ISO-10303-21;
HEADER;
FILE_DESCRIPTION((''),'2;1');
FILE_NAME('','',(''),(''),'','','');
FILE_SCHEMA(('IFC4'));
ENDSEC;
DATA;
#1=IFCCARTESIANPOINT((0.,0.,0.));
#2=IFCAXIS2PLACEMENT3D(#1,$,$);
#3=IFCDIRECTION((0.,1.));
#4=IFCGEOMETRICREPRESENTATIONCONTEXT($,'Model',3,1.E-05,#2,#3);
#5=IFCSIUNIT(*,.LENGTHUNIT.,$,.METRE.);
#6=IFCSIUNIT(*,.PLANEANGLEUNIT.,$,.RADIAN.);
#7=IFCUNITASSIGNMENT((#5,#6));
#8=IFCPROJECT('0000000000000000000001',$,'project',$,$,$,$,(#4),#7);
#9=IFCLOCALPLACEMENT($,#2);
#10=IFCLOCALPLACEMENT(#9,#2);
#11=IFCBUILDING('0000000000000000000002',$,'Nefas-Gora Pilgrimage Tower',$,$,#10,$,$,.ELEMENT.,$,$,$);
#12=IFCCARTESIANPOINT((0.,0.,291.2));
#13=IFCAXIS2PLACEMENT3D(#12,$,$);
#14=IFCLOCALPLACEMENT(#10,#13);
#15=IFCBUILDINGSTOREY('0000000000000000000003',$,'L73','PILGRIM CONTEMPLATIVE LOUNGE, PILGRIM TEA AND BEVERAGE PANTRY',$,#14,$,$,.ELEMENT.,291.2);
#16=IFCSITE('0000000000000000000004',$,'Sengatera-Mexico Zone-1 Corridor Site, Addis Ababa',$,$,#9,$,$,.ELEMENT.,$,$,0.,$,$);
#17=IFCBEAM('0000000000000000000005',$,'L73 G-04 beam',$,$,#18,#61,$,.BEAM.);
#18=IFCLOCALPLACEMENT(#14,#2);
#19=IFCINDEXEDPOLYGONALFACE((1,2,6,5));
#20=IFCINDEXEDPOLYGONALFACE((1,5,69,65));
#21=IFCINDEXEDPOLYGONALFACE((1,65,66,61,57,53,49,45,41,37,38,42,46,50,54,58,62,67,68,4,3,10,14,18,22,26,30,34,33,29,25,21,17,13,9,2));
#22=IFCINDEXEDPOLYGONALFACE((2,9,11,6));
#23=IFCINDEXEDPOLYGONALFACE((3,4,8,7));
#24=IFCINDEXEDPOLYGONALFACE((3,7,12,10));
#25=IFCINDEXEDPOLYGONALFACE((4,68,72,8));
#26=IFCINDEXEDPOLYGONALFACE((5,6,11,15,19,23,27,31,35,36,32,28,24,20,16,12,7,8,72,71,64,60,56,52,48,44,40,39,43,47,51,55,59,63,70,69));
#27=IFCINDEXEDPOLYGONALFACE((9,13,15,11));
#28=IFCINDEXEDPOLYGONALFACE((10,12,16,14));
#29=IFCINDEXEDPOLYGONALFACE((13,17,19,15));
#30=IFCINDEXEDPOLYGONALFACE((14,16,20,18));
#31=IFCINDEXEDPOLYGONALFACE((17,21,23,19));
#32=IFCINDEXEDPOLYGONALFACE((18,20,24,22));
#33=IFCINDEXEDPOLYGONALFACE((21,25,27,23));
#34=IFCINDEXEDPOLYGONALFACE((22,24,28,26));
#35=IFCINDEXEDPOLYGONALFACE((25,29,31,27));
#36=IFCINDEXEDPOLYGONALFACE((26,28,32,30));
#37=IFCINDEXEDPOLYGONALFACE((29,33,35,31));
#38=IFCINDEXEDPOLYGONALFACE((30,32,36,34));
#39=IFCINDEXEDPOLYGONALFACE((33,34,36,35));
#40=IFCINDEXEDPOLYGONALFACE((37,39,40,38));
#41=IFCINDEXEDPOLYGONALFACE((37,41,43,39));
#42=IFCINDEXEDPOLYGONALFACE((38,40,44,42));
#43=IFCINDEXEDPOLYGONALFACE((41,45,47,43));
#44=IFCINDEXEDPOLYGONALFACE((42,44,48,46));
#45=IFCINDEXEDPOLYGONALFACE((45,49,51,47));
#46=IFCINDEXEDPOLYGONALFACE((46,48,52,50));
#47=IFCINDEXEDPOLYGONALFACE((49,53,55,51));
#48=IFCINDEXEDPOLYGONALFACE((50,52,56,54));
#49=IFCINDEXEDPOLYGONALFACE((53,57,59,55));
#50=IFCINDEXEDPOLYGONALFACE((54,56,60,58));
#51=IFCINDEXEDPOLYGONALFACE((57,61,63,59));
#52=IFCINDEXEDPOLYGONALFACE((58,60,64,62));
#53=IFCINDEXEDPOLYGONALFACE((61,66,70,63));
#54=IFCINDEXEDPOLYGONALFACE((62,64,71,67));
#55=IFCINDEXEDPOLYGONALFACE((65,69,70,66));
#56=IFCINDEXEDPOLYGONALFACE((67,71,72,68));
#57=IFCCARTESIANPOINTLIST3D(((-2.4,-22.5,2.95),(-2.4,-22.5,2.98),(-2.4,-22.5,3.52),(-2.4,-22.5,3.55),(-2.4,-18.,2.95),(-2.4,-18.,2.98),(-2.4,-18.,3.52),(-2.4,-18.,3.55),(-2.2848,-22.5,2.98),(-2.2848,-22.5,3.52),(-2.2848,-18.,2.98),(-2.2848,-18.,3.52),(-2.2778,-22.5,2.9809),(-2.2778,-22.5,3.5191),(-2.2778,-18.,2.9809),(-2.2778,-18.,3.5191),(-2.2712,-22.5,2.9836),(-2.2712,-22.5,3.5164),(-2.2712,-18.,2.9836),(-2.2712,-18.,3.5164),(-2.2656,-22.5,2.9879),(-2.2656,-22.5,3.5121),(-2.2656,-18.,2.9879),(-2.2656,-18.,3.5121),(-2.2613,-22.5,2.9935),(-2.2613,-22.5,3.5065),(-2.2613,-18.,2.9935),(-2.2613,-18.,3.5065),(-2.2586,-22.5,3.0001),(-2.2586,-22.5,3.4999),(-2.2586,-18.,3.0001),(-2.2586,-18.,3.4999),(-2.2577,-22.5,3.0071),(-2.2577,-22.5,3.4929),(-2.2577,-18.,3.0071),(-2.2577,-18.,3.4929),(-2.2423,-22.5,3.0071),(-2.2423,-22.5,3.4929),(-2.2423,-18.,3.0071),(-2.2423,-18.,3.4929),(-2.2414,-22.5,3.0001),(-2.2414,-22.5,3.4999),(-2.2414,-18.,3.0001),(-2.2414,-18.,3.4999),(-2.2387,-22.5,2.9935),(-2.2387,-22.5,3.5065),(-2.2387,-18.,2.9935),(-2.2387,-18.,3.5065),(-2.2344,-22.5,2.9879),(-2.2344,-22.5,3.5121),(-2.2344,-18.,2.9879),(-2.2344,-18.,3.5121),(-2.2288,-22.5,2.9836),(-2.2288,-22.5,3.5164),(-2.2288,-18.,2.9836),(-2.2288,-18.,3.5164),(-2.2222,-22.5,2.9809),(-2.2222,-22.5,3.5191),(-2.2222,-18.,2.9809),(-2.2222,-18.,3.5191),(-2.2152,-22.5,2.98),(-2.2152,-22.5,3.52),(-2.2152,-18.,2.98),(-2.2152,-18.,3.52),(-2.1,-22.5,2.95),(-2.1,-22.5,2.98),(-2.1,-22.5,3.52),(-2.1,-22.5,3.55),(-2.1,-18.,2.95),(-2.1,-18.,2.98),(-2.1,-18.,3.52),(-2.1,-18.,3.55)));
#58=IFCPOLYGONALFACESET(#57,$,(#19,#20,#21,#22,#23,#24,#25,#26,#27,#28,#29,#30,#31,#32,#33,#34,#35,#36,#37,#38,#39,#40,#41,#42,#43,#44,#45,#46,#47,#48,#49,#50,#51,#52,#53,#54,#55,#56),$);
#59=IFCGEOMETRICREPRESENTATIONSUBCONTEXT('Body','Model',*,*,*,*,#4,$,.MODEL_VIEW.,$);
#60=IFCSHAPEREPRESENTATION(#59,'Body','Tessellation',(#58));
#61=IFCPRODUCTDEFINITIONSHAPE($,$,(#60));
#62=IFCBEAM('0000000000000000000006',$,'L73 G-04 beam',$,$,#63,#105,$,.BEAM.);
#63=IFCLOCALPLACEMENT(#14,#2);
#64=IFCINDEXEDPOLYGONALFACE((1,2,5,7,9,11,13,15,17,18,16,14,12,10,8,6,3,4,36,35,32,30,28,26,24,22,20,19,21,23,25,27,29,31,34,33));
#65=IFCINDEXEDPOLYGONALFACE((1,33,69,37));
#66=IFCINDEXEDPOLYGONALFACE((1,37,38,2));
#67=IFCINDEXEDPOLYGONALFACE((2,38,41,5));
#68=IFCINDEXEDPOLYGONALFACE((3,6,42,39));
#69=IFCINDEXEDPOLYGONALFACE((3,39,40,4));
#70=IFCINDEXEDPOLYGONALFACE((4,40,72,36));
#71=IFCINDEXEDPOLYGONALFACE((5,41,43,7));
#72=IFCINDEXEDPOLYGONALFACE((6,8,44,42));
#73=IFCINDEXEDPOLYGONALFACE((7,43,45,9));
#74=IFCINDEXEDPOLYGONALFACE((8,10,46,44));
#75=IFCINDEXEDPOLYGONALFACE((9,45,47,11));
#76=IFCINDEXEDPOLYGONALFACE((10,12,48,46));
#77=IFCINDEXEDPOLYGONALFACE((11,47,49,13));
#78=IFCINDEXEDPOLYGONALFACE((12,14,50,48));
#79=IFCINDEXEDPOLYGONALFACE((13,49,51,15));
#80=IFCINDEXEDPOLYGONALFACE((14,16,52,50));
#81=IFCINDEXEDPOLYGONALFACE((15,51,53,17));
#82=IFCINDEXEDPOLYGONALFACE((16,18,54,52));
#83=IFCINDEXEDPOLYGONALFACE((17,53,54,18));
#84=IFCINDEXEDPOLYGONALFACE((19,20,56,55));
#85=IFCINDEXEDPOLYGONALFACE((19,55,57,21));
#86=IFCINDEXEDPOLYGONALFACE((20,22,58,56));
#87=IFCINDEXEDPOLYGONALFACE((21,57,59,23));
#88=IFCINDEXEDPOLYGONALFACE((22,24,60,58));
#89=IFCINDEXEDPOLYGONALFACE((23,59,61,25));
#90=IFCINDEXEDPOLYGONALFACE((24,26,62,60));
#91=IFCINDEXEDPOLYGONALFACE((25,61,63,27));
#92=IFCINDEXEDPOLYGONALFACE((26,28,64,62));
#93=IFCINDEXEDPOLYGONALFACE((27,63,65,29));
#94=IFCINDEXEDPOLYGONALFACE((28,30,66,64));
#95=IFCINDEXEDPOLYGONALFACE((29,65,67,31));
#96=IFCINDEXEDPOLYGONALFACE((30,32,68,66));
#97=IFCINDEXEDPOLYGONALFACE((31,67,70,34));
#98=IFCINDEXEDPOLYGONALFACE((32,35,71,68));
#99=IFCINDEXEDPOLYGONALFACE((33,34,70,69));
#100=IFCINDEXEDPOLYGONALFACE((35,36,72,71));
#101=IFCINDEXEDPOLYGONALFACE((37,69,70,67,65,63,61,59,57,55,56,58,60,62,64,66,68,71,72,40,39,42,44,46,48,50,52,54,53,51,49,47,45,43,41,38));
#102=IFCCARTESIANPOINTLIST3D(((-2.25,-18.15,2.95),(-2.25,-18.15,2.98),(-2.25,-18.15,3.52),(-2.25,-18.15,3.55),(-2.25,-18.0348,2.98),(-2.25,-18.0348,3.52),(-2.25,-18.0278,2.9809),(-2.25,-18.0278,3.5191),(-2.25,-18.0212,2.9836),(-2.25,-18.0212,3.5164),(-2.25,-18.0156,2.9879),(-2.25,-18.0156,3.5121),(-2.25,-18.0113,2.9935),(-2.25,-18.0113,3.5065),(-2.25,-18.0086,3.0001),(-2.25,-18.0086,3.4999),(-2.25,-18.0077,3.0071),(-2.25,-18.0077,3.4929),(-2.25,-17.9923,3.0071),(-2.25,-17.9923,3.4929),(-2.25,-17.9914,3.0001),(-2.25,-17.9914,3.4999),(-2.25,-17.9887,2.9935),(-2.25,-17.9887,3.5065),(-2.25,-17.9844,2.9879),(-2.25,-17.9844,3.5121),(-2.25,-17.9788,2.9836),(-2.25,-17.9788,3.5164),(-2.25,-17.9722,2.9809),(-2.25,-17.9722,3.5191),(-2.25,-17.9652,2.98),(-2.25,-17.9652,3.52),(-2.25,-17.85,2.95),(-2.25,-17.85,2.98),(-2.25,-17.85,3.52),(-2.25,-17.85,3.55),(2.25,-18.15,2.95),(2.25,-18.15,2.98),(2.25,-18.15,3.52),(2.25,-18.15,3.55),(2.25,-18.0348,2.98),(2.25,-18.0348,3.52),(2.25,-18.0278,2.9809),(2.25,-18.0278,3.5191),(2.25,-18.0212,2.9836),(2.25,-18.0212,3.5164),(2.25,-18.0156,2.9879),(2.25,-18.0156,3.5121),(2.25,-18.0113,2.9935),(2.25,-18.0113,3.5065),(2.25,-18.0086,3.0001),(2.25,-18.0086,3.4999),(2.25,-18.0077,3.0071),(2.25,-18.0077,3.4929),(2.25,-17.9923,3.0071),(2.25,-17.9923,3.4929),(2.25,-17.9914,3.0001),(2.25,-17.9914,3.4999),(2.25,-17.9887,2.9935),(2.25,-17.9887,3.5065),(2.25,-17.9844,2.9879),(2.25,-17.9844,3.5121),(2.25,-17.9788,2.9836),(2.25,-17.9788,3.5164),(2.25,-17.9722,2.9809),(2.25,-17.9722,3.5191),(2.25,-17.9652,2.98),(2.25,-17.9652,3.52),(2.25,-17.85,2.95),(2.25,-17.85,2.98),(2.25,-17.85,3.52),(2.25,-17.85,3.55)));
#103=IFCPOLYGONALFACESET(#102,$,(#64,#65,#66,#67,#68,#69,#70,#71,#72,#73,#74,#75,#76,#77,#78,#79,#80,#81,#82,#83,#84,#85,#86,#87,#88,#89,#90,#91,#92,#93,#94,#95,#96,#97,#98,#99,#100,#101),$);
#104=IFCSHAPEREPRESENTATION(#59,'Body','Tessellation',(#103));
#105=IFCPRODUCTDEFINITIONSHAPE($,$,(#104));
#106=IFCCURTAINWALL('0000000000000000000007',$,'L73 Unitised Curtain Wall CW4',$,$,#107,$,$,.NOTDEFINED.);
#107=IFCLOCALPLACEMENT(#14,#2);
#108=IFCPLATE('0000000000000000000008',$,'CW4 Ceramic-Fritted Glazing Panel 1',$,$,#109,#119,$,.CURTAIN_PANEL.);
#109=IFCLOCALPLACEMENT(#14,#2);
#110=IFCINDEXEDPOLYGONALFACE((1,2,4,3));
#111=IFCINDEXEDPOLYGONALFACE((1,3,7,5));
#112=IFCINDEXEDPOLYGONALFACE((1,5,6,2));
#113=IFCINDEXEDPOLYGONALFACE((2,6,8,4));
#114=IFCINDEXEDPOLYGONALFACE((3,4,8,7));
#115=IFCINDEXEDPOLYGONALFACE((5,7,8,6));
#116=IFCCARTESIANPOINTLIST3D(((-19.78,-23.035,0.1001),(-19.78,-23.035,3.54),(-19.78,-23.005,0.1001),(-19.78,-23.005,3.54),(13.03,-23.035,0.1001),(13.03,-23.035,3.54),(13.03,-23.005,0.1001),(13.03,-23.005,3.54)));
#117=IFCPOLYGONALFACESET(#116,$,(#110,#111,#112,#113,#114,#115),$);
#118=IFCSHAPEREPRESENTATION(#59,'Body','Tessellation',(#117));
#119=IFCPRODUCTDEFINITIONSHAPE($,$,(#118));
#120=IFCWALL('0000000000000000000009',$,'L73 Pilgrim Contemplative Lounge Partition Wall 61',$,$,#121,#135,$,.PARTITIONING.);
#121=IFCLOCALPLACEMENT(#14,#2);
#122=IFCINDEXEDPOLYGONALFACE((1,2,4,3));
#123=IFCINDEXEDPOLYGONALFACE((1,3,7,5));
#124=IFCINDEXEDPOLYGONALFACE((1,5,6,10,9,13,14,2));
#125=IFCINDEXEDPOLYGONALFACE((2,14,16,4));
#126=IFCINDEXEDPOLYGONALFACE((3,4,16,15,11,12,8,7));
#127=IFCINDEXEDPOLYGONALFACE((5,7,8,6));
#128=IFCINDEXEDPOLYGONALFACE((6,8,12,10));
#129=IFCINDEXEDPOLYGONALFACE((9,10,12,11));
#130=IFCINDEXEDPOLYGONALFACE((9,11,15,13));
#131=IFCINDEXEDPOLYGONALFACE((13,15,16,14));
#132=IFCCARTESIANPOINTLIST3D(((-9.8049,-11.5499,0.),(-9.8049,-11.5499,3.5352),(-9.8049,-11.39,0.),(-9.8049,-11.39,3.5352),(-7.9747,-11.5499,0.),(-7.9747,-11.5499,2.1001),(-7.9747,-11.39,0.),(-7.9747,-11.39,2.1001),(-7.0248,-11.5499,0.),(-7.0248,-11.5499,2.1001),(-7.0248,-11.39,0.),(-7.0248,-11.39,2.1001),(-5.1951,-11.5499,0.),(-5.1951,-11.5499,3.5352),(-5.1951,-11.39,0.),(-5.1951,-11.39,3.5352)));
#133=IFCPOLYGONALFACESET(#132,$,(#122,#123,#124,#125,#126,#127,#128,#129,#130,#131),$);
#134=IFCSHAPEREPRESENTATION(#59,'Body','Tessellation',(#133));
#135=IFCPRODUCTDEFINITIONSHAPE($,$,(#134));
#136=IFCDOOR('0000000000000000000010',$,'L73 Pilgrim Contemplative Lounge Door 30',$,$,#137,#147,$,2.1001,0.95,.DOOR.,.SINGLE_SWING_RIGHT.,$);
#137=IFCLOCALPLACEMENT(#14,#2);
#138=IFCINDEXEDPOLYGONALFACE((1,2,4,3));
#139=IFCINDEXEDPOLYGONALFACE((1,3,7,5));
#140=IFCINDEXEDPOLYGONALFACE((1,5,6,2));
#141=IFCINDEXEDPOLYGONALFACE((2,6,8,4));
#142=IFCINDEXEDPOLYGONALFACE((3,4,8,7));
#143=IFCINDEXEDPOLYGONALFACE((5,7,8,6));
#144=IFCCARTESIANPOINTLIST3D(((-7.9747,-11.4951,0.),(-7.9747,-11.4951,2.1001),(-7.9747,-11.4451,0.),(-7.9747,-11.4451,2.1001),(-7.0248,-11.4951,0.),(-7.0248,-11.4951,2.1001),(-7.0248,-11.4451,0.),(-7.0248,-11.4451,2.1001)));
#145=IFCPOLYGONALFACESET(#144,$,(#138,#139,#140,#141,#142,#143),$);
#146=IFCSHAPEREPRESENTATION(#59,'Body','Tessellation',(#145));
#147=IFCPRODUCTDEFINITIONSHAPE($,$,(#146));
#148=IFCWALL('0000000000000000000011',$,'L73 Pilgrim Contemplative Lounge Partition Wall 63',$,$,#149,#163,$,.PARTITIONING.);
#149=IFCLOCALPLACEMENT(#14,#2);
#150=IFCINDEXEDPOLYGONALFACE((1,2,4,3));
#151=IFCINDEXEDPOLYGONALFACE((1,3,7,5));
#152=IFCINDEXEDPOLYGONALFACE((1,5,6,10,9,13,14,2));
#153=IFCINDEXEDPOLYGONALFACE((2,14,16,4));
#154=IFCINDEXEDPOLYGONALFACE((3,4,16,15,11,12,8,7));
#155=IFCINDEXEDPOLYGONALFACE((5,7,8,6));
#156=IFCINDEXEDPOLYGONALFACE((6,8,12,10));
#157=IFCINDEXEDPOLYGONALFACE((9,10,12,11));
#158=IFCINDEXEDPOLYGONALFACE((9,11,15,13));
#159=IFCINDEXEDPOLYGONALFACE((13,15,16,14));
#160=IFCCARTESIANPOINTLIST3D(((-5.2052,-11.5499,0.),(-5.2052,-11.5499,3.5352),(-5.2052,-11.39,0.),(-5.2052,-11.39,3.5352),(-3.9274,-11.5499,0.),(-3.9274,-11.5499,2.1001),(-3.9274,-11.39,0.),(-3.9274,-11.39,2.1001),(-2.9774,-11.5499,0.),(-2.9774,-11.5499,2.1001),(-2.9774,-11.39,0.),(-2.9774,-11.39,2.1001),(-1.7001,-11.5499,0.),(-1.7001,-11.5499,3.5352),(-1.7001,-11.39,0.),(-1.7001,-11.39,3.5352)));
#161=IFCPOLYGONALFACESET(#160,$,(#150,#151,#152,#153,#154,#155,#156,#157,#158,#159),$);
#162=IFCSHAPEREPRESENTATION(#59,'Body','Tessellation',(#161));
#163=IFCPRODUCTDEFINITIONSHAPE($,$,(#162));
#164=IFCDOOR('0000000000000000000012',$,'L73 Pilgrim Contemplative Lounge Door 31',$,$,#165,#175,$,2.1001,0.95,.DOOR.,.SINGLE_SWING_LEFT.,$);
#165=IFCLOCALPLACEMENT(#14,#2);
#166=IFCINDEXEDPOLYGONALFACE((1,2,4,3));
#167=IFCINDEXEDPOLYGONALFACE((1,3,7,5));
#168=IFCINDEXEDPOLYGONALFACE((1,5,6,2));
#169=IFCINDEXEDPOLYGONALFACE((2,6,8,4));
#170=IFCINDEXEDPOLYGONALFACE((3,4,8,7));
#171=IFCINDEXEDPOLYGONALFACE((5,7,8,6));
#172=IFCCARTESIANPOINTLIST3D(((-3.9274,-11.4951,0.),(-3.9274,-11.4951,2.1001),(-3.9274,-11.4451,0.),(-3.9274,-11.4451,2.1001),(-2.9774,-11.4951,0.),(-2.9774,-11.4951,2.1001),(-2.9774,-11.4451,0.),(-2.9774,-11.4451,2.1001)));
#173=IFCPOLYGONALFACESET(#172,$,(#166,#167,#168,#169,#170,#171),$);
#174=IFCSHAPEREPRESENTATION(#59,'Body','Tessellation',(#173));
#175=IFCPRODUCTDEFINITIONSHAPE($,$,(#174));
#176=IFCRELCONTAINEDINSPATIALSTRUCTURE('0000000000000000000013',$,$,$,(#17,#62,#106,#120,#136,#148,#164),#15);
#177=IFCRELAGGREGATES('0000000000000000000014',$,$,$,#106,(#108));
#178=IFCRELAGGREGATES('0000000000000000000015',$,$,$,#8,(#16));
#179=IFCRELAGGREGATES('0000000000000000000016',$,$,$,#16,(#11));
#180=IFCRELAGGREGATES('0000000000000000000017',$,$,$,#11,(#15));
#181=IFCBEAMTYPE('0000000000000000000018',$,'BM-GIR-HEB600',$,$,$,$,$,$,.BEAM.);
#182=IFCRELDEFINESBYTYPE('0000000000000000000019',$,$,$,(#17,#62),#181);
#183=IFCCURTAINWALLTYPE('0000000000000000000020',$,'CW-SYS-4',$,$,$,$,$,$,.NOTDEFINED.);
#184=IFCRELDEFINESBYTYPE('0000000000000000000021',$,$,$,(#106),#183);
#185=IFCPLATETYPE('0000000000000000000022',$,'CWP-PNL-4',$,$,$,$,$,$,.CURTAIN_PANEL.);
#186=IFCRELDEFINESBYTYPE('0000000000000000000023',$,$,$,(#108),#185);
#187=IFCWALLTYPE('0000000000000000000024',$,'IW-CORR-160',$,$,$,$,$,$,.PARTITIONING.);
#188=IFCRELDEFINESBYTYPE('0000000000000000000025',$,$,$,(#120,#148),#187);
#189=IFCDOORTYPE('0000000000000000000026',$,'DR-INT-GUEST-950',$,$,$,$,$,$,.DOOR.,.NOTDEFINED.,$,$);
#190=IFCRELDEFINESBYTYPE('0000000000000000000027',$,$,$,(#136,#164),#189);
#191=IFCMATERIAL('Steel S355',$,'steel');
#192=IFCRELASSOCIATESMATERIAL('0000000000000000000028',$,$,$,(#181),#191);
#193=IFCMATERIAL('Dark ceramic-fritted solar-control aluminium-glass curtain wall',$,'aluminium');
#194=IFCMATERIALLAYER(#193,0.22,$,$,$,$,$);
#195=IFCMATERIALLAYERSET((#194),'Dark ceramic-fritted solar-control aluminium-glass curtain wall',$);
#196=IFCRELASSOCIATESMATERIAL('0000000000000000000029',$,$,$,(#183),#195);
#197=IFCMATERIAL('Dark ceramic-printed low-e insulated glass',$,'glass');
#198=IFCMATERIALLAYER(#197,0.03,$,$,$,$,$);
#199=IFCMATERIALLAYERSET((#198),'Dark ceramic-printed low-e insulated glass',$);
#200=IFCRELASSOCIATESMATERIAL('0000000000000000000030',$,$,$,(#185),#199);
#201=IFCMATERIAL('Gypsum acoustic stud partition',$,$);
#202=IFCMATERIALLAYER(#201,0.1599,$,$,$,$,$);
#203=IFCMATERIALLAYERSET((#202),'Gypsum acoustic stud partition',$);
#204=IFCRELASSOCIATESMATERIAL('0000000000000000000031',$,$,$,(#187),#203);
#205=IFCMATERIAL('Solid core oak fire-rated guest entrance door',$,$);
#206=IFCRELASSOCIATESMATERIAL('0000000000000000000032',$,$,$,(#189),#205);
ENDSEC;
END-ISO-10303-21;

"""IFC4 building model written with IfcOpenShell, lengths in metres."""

from ifc_helpers import new_model, si_unit, direction, frame, frame_2d, origin, origin_2d, place, context, subcontext, project, spatial, rectangle, i_section, extrude, source, transform, mapped, material, layer, layer_set, material_profile, profile_set, type_object, element, fill, aggregate, save


model = new_model("IFC4")

# Units and contexts
model_context = context("Model", 3, precision=1e-05, world=origin(), true_north=direction((0.0, 1.0)))
body_context = subcontext(model_context, "Body", "Model", "MODEL_VIEW")
ifc_project = project(units=[si_unit("LENGTHUNIT", "METRE"), si_unit("PLANEANGLEUNIT", "RADIAN")], contexts=[model_context])

# Site, building, storey
site_placement = place(None, origin())
site = spatial("IfcSite", under=ifc_project, at=site_placement, Name="Sengatera-Mexico Zone-1 Corridor Site, Addis Ababa", CompositionType="ELEMENT", RefElevation=0.0)
building_placement = place(site_placement, origin())
building = spatial("IfcBuilding", under=site, at=building_placement, Name="Nefas-Gora Pilgrimage Tower", CompositionType="ELEMENT")
storey_placement = place(building_placement, frame((0.0, 0.0, 291.2)))
storey = spatial("IfcBuildingStorey", under=building, at=storey_placement, Name="L73", Description="PILGRIM CONTEMPLATIVE LOUNGE, PILGRIM TEA AND BEVERAGE PANTRY", CompositionType="ELEMENT", Elevation=291.2)

# Shared definitions
ifc_material_1 = material(Name="Steel S355", Category="steel")

# Beams
ifc_material_profile_1 = material_profile(ifc_material_1, i_section(OverallWidth=0.3, OverallDepth=0.6001, WebThickness=0.0154, FlangeThickness=0.03, FilletRadius=0.0271, at=origin_2d()), Name="HEB 600")
ifc_profile_set_1 = profile_set([ifc_material_profile_1], Name="Steel S355")
beam_type_1 = type_object("IfcBeamType", Name="BM-GIR-HEB600", PredefinedType="BEAM", material=ifc_profile_set_1)
shared_shape_1 = source(origin(), body_context, "Body", "SweptSolid", [
    extrude(i_section(OverallWidth=0.3, OverallDepth=0.6001, WebThickness=0.0154, FlangeThickness=0.03, FilletRadius=0.0271, at=origin_2d()), origin(), (0.0, 0.0, 1.0), 4.5),
])
for number, where, z_axis, x_axis, name in (
    (1, (-2.25, -22.5, 3.25), (0.0, 1.0, 0.0), (-1.0, 0.0, 0.0), "L73 G-04 beam"),
    (2, (-2.25, -18.0, 3.25), (1.0, 0.0, 0.0), (0.0, 1.0, 0.0), "L73 G-04 beam"),
):
    element("IfcBeam", number, at=place(storey_placement, frame(where, z_axis=z_axis, x_axis=x_axis)), inside=storey, type_object=beam_type_1, Name=name, PredefinedType="BEAM", context=body_context, shape_type="MappedRepresentation", body=[
        mapped(shared_shape_1, transform((0.0, 0.0, 0.0), x_axis=(1.0, 0.0, 0.0), y_axis=(0.0, 1.0, 0.0), z_axis=(0.0, 0.0, 1.0), scale=1.0)),
    ])

# Curtain wall, plate
ifc_material_2 = material(Name="Dark ceramic-fritted solar-control aluminium-glass curtain wall", Category="aluminium")
ifc_layer_1 = layer(ifc_material_2, 0.22)
ifc_layer_set_1 = layer_set([ifc_layer_1], Name="Dark ceramic-fritted solar-control aluminium-glass curtain wall")
curtain_wall_type = type_object("IfcCurtainWallType", Name="CW-SYS-4", PredefinedType="NOTDEFINED", material=ifc_layer_set_1)
curtain_wall_placement = place(storey_placement, origin())
curtain_wall = element("IfcCurtainWall", 3, at=curtain_wall_placement, inside=storey, type_object=curtain_wall_type, Name="L73 Unitised Curtain Wall CW4", PredefinedType="NOTDEFINED")
ifc_material_3 = material(Name="Dark ceramic-printed low-e insulated glass", Category="glass")
ifc_layer_2 = layer(ifc_material_3, 0.03)
ifc_layer_set_2 = layer_set([ifc_layer_2], Name="Dark ceramic-printed low-e insulated glass")
plate_type = type_object("IfcPlateType", Name="CWP-PNL-4", PredefinedType="CURTAIN_PANEL", material=ifc_layer_set_2)
shared_shape_2 = source(origin(), body_context, "Body", "SweptSolid", [
    extrude(rectangle(XDim=32.8101, YDim=0.03, at=origin_2d()), origin(), (0.0, 0.0, 1.0), 3.4399),
])
plate_placement = place(storey_placement, frame((-3.375, -23.02, 0.1001), z_axis=(0.0, 0.0, 1.0), x_axis=(1.0, 0.0, 0.0)))
plate = element("IfcPlate", 4, at=plate_placement, type_object=plate_type, Name="CW4 Ceramic-Fritted Glazing Panel 1", PredefinedType="CURTAIN_PANEL", context=body_context, shape_type="MappedRepresentation", body=[
    mapped(shared_shape_2, transform((0.0, 0.0, 0.0), x_axis=(1.0, 0.0, 0.0), y_axis=(0.0, 1.0, 0.0), z_axis=(0.0, 0.0, 1.0), scale=1.0)),
])
aggregate(curtain_wall, [plate])

# Walls, openings, doors
ifc_material_4 = material(Name="Gypsum acoustic stud partition")
ifc_layer_3 = layer(ifc_material_4, 0.1599)
ifc_layer_set_3 = layer_set([ifc_layer_3], Name="Gypsum acoustic stud partition")
wall_type_1 = type_object("IfcWallType", Name="IW-CORR-160", PredefinedType="PARTITIONING", material=ifc_layer_set_3)
shared_shape_3 = source(origin(), body_context, "Body", "SweptSolid", [
    extrude(rectangle(XDim=4.6099, YDim=0.1599, at=frame_2d((2.3049, 0.0))), origin(), (0.0, 0.0, 1.0), 3.5352),
])
wall_1_placement = place(storey_placement, frame((-9.8049, -11.47, 0.0), z_axis=(0.0, 0.0, 1.0), x_axis=(1.0, 0.0, 0.0)))
wall_1 = element("IfcWall", 5, at=wall_1_placement, inside=storey, type_object=wall_type_1, Name="L73 Pilgrim Contemplative Lounge Partition Wall 61", PredefinedType="PARTITIONING", context=body_context, shape_type="MappedRepresentation", body=[
    mapped(shared_shape_3, transform((0.0, 0.0, 0.0), x_axis=(1.0, 0.0, 0.0), y_axis=(0.0, 1.0, 0.0), z_axis=(0.0, 0.0, 1.0), scale=1.0)),
])
opening_1_placement = place(wall_1_placement, frame((1.8301, 0.0, 0.0)))
opening_1 = element("IfcOpeningElement", 6, at=opening_1_placement, cuts=wall_1, PredefinedType="OPENING", context=body_context, shape_type="SweptSolid", body=[
    extrude(rectangle(XDim=0.95, YDim=2.1001, at=frame_2d((0.4751, 1.05))), frame((0.0, 0.0898, 0.0), z_axis=(0.0, -1.0, 0.0), x_axis=(1.0, 0.0, 0.0)), (0.0, 0.0, 1.0), 0.1799),
])
ifc_material_5 = material(Name="Solid core oak fire-rated guest entrance door")
door_type_1 = type_object("IfcDoorType", Name="DR-INT-GUEST-950", OperationType="NOTDEFINED", PredefinedType="DOOR", material=ifc_material_5)
shared_shape_4 = source(origin(), body_context, "Body", "SweptSolid", [
    extrude(rectangle(XDim=0.95, YDim=2.1001, at=frame_2d((0.4751, 1.05))), frame((0.0, 0.0249, 0.0), z_axis=(0.0, -1.0, 0.0), x_axis=(1.0, 0.0, 0.0)), (0.0, 0.0, 1.0), 0.05),
])
door_1_placement = place(opening_1_placement, origin())
door_1 = element("IfcDoor", 7, at=door_1_placement, inside=storey, type_object=door_type_1, Name="L73 Pilgrim Contemplative Lounge Door 30", OperationType="SINGLE_SWING_RIGHT", OverallHeight=2.1001, OverallWidth=0.95, PredefinedType="DOOR", context=body_context, shape_type="MappedRepresentation", body=[
    mapped(shared_shape_4, transform((0.0, 0.0, 0.0), x_axis=(1.0, 0.0, 0.0), y_axis=(0.0, 1.0, 0.0), z_axis=(0.0, 0.0, 1.0), scale=1.0)),
])
fill(opening_1, door_1)
shared_shape_5 = source(origin(), body_context, "Body", "SweptSolid", [
    extrude(rectangle(XDim=3.5051, YDim=0.1599, at=frame_2d((1.7524, 0.0))), origin(), (0.0, 0.0, 1.0), 3.5352),
])
wall_2_placement = place(storey_placement, frame((-5.2051, -11.47, 0.0), z_axis=(0.0, 0.0, 1.0), x_axis=(1.0, 0.0, 0.0)))
wall_2 = element("IfcWall", 8, at=wall_2_placement, inside=storey, type_object=wall_type_1, Name="L73 Pilgrim Contemplative Lounge Partition Wall 63", PredefinedType="PARTITIONING", context=body_context, shape_type="MappedRepresentation", body=[
    mapped(shared_shape_5, transform((0.0, 0.0, 0.0), x_axis=(1.0, 0.0, 0.0), y_axis=(0.0, 1.0, 0.0), z_axis=(0.0, 0.0, 1.0), scale=1.0)),
])
opening_2_placement = place(wall_2_placement, frame((1.2776, 0.0, 0.0)))
opening_2 = element("IfcOpeningElement", 9, at=opening_2_placement, cuts=wall_2, PredefinedType="OPENING", context=body_context, shape_type="SweptSolid", body=[
    extrude(rectangle(XDim=0.95, YDim=2.1001, at=frame_2d((0.4751, 1.05))), frame((0.0, 0.0898, 0.0), z_axis=(0.0, -1.0, 0.0), x_axis=(1.0, 0.0, 0.0)), (0.0, 0.0, 1.0), 0.1799),
])
door_2_placement = place(opening_2_placement, origin())
door_2 = element("IfcDoor", 10, at=door_2_placement, inside=storey, type_object=door_type_1, Name="L73 Pilgrim Contemplative Lounge Door 31", OperationType="SINGLE_SWING_LEFT", OverallHeight=2.1001, OverallWidth=0.95, PredefinedType="DOOR", context=body_context, shape_type="MappedRepresentation", body=[
    mapped(shared_shape_4, transform((0.0, 0.0, 0.0), x_axis=(1.0, 0.0, 0.0), y_axis=(0.0, 1.0, 0.0), z_axis=(0.0, 0.0, 1.0), scale=1.0)),
])
fill(opening_2, door_2)

save(model, "model.ifc")
